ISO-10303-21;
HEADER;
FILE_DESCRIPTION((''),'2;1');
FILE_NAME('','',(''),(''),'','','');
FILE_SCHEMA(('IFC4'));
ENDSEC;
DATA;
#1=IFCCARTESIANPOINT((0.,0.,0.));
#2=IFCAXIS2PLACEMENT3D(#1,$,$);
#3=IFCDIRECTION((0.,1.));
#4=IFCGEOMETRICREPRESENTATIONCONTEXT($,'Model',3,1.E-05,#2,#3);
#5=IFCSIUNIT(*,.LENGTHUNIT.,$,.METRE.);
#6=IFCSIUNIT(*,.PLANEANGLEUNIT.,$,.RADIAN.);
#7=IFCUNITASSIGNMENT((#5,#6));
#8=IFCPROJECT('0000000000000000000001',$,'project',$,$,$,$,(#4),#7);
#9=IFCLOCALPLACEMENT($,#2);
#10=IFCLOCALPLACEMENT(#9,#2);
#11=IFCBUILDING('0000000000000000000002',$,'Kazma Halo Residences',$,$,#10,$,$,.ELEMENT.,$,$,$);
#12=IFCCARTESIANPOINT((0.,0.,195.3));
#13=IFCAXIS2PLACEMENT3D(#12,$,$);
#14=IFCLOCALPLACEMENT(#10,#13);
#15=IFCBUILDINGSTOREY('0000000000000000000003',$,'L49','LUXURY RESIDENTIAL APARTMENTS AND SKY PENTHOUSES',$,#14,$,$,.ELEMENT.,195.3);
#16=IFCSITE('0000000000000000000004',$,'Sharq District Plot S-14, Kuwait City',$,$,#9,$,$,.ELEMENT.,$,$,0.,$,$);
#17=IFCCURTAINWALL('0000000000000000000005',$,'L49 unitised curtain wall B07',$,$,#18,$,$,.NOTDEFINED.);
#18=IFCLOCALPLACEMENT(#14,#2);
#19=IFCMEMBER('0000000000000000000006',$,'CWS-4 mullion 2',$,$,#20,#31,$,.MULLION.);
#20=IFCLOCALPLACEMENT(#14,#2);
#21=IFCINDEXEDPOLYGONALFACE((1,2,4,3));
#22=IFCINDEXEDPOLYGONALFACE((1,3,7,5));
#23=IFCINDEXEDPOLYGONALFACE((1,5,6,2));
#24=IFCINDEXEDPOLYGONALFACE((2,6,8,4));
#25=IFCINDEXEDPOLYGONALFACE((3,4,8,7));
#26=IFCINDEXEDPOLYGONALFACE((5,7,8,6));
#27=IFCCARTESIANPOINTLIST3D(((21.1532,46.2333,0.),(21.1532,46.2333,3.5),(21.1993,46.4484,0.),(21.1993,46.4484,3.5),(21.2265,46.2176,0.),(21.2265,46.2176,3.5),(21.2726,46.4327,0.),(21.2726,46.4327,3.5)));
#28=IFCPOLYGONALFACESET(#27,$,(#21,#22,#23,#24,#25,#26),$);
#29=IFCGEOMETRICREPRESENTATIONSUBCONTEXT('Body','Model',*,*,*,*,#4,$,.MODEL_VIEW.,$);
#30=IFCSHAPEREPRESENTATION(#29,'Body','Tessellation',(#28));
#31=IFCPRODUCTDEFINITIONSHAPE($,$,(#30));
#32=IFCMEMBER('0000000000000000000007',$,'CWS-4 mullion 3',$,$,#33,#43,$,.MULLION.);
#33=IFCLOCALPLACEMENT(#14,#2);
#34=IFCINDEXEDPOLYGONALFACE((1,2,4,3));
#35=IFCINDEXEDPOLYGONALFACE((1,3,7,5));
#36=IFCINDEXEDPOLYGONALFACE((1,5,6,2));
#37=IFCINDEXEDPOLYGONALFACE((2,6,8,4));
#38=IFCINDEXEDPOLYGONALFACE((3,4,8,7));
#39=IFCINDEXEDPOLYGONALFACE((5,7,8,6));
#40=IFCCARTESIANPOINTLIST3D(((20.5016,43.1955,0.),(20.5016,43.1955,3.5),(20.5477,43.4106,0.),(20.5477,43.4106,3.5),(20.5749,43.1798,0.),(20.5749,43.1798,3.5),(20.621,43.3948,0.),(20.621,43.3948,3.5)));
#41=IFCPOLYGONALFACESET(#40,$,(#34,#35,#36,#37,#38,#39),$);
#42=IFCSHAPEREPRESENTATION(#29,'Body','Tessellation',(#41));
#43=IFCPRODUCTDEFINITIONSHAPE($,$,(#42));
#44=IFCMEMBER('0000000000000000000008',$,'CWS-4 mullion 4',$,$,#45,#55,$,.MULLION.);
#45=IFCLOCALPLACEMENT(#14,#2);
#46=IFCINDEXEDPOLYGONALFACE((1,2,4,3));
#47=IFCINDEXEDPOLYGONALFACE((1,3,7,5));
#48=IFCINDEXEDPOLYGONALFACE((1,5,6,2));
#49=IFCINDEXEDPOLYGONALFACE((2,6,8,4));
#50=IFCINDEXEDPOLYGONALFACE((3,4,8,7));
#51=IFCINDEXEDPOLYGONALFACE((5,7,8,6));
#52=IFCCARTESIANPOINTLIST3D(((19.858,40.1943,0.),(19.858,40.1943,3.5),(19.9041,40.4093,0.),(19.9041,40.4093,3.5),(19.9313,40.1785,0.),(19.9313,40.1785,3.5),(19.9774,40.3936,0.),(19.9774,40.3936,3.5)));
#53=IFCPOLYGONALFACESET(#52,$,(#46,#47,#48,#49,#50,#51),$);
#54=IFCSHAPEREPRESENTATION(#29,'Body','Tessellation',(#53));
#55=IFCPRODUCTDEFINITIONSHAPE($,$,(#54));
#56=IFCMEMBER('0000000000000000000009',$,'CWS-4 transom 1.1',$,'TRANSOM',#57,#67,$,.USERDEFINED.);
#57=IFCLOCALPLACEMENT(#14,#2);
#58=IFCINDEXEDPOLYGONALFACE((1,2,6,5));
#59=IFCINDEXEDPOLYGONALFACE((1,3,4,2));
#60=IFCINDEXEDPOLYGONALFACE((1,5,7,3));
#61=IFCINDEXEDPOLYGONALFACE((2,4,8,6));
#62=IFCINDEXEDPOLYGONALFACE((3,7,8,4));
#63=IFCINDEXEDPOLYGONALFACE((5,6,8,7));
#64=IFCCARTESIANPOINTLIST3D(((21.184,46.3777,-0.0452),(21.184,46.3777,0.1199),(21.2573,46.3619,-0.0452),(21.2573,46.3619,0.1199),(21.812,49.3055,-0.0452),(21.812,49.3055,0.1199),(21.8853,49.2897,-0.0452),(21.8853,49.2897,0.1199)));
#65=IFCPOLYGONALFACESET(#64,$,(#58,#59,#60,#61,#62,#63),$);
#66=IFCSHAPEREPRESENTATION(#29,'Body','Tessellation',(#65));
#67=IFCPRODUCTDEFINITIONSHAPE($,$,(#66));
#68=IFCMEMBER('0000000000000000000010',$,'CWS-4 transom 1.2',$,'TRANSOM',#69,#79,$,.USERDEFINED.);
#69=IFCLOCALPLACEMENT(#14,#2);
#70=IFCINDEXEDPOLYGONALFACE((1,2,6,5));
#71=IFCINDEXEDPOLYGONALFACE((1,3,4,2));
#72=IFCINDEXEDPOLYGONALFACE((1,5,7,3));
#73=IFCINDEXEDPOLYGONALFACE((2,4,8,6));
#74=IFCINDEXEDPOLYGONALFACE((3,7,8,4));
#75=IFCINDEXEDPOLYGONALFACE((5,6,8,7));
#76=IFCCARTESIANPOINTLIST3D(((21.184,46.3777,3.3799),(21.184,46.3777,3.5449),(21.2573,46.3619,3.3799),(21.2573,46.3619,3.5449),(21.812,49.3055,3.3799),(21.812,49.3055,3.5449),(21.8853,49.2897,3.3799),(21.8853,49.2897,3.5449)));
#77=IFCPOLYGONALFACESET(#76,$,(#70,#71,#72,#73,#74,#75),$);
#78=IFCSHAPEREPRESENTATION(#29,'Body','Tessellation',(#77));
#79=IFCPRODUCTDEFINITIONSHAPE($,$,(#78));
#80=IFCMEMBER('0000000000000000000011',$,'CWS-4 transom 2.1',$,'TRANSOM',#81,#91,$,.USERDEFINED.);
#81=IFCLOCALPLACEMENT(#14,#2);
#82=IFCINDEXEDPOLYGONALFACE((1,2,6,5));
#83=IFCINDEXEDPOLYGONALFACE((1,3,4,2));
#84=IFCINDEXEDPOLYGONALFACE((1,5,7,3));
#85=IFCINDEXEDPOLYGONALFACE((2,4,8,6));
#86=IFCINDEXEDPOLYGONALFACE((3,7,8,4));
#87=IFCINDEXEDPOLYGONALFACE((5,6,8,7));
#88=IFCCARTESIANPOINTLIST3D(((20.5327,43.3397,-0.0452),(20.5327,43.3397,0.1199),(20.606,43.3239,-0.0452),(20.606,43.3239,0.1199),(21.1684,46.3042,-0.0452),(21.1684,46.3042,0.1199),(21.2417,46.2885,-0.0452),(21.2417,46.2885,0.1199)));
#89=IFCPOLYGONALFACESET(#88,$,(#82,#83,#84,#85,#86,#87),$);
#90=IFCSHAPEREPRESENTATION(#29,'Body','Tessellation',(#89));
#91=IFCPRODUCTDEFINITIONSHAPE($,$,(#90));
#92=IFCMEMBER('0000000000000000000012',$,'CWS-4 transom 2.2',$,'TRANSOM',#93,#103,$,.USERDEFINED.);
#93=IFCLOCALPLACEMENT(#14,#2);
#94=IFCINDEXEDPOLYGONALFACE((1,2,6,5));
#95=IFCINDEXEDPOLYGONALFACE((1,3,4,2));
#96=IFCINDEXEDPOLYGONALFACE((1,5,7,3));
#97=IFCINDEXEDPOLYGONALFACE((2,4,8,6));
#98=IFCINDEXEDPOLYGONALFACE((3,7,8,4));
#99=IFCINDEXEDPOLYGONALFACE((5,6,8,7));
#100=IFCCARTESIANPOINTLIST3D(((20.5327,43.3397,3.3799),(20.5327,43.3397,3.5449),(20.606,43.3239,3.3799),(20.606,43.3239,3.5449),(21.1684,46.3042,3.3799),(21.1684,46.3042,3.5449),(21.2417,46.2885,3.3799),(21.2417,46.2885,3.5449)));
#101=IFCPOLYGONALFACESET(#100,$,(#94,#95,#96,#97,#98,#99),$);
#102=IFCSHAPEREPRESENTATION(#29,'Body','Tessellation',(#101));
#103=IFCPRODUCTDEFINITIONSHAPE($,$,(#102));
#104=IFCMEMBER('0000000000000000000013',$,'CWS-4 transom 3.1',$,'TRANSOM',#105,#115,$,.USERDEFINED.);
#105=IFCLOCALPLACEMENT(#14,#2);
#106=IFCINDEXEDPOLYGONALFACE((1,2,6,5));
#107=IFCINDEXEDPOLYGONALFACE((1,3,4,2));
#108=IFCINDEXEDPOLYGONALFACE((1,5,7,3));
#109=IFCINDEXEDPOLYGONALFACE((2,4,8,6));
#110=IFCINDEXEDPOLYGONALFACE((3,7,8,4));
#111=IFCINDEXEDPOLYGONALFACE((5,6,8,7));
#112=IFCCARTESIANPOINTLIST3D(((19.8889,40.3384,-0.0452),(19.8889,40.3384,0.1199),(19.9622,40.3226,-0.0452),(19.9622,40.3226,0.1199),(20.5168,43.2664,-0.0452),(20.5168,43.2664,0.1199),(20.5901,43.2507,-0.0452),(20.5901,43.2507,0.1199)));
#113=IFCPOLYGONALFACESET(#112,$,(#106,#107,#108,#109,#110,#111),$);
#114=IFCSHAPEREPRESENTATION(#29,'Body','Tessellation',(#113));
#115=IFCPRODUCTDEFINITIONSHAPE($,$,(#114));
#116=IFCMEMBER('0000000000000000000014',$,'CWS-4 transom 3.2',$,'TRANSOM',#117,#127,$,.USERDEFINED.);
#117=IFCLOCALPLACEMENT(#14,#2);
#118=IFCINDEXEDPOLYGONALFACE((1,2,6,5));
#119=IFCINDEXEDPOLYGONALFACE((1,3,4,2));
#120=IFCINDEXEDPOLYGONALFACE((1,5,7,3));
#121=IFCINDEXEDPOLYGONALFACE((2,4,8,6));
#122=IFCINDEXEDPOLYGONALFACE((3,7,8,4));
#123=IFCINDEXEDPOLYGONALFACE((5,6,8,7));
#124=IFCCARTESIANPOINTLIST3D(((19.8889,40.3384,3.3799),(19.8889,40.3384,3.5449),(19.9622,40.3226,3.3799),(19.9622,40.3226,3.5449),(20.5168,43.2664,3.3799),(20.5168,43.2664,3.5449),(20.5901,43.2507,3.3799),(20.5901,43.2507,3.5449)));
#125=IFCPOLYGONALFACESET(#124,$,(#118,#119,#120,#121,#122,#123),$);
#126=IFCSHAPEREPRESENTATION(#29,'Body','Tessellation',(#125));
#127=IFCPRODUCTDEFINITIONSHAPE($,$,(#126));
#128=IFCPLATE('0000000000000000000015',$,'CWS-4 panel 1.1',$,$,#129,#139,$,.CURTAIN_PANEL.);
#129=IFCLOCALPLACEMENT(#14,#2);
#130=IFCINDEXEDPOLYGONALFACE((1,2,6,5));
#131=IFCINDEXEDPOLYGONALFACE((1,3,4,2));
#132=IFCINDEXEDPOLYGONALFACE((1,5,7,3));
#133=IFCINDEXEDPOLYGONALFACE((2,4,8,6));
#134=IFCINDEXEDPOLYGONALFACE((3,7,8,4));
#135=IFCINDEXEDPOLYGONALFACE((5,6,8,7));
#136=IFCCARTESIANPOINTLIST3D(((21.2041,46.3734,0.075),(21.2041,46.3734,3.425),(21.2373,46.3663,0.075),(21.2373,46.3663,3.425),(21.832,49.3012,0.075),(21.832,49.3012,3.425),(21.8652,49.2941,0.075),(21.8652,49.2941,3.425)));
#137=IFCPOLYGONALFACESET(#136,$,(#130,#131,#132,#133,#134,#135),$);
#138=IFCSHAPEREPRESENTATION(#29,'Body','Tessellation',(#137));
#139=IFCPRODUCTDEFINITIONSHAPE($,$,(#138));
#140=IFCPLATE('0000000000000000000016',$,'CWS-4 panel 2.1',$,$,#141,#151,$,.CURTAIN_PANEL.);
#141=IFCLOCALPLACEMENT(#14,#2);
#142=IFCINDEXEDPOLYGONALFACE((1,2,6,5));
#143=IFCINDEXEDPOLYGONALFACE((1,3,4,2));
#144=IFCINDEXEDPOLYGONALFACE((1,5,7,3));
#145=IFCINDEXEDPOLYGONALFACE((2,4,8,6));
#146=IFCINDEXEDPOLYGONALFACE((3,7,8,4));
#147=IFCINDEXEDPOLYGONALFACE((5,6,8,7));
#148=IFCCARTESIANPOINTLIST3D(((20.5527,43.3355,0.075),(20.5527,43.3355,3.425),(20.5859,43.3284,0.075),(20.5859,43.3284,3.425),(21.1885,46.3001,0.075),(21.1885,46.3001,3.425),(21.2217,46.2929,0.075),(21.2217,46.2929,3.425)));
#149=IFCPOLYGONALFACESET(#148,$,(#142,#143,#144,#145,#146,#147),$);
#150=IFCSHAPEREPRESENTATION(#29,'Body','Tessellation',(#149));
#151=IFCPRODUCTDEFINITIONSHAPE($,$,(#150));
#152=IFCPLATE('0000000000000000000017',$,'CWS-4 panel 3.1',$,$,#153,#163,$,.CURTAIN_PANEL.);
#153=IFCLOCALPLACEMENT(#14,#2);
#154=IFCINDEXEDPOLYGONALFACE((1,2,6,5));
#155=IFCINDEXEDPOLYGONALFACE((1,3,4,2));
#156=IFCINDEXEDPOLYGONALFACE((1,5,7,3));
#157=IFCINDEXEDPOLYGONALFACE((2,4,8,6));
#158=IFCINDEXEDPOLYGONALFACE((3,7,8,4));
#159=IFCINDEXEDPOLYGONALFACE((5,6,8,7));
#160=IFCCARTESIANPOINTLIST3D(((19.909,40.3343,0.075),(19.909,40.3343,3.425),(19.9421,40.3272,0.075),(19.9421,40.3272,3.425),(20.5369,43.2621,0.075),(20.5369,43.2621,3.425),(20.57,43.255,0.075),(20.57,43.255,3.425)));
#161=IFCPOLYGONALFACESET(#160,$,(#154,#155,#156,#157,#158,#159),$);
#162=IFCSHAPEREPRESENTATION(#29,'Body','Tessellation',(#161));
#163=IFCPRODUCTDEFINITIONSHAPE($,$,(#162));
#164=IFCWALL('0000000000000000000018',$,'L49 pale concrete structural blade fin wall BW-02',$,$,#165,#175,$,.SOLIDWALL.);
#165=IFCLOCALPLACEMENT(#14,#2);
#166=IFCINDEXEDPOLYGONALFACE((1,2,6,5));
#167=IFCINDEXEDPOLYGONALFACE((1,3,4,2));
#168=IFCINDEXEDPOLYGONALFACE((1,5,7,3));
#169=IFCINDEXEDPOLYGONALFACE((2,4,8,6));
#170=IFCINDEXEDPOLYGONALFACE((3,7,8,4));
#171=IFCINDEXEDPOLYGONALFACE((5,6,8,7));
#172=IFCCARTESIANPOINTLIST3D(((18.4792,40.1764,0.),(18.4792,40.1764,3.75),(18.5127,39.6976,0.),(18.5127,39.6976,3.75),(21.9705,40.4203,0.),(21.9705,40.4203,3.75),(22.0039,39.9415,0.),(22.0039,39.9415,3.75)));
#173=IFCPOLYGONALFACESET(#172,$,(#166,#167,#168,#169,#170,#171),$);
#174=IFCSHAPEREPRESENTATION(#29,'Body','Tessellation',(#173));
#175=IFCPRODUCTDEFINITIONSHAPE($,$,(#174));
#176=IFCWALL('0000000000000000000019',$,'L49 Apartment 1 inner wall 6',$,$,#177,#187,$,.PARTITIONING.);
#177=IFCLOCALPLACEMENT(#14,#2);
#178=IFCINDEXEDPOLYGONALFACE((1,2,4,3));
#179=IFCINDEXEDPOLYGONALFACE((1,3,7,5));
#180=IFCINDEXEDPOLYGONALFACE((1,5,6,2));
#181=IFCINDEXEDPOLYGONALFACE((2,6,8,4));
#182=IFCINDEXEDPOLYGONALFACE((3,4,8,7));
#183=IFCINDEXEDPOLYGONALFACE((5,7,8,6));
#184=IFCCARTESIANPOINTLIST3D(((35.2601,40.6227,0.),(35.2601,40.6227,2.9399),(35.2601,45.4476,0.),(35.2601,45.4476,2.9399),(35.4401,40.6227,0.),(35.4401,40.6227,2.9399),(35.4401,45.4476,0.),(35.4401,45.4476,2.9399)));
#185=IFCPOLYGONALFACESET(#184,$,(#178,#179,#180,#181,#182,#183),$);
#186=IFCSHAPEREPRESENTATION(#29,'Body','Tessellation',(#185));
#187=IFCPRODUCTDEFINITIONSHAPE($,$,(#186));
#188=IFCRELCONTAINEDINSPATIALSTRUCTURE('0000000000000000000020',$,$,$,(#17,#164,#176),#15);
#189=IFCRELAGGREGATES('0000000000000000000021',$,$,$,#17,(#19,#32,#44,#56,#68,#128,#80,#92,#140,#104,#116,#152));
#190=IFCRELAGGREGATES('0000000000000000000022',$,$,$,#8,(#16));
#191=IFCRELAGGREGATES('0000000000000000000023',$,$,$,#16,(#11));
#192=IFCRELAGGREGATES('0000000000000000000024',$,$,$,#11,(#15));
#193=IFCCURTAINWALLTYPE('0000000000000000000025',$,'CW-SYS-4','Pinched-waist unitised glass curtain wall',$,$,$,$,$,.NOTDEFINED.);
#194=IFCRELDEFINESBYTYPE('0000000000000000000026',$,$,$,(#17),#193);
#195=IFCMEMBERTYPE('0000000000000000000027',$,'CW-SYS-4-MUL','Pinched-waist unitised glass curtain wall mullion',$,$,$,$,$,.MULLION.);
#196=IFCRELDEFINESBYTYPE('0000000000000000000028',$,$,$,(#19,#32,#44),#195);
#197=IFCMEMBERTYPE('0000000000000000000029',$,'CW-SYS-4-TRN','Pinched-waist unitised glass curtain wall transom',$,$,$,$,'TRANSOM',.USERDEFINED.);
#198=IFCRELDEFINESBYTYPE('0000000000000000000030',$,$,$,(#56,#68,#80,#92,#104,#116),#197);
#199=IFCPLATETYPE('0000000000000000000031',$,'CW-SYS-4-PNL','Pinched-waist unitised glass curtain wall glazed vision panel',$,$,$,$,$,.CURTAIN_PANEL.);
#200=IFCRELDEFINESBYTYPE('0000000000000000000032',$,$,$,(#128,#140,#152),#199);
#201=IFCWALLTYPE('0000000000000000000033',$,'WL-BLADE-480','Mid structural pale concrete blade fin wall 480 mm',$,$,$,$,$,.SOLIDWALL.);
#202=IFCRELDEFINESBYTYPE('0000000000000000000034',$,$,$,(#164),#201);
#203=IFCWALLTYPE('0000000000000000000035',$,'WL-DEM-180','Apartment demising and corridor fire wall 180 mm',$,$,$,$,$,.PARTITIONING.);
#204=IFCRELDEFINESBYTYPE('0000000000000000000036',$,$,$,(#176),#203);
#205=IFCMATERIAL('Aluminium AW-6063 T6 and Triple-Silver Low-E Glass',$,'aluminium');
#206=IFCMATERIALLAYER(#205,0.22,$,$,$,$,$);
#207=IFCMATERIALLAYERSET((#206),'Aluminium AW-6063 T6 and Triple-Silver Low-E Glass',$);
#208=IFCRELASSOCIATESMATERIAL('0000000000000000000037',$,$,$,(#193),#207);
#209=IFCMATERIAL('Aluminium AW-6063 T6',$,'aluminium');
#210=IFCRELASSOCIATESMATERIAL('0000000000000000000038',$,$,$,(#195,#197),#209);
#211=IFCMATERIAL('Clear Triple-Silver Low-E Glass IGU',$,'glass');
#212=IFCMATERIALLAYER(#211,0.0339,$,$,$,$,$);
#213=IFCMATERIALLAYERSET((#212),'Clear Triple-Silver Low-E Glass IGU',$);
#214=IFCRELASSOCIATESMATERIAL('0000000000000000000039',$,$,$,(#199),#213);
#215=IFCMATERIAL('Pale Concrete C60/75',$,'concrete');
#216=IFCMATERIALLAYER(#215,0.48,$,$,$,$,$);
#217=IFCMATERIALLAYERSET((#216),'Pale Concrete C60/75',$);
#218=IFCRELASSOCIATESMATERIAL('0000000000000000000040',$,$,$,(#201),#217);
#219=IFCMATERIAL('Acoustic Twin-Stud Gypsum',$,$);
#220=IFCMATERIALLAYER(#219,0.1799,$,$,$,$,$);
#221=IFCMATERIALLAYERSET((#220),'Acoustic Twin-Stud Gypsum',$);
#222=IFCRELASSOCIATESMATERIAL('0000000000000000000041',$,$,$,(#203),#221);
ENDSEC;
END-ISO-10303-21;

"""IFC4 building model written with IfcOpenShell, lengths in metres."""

from ifc_helpers import new_model, si_unit, direction, frame, frame_2d, origin, origin_2d, place, context, subcontext, project, spatial, rectangle, extrude, material, layer, layer_set, material_profile, profile_set, type_object, element, aggregate, save


model = new_model("IFC4")

# Units and contexts
model_context = context("Model", 3, precision=1e-05, world=origin(), true_north=direction((0.0, 1.0)))
body_context = subcontext(model_context, "Body", "Model", "MODEL_VIEW")
ifc_project = project(units=[si_unit("LENGTHUNIT", "METRE"), si_unit("PLANEANGLEUNIT", "RADIAN")], contexts=[model_context])

# Site, building, storey
site_placement = place(None, origin())
site = spatial("IfcSite", under=ifc_project, at=site_placement, Name="Sharq District Plot S-14, Kuwait City", CompositionType="ELEMENT", RefElevation=0.0)
building_placement = place(site_placement, origin())
building = spatial("IfcBuilding", under=site, at=building_placement, Name="Kazma Halo Residences", CompositionType="ELEMENT")
storey_placement = place(building_placement, frame((0.0, 0.0, 195.3)))
storey = spatial("IfcBuildingStorey", under=building, at=storey_placement, Name="L49", Description="LUXURY RESIDENTIAL APARTMENTS AND SKY PENTHOUSES", CompositionType="ELEMENT", Elevation=195.3)

# Curtain wall, members, plates
ifc_material_1 = material(Name="Aluminium AW-6063 T6 and Triple-Silver Low-E Glass", Category="aluminium")
ifc_layer_1 = layer(ifc_material_1, 0.22)
ifc_layer_set_1 = layer_set([ifc_layer_1], Name="Aluminium AW-6063 T6 and Triple-Silver Low-E Glass")
curtain_wall_type = type_object("IfcCurtainWallType", Name="CW-SYS-4", Description="Pinched-waist unitised glass curtain wall", PredefinedType="NOTDEFINED", material=ifc_layer_set_1)
curtain_wall_placement = place(storey_placement, origin())
curtain_wall = element("IfcCurtainWall", 1, at=curtain_wall_placement, inside=storey, type_object=curtain_wall_type, Name="L49 unitised curtain wall B07", PredefinedType="NOTDEFINED")
ifc_material_2 = material(Name="Aluminium AW-6063 T6", Category="aluminium")
ifc_material_profile_1 = material_profile(ifc_material_2, rectangle(XDim=0.075, YDim=0.22, at=origin_2d()), Name="CWM-75x220")
ifc_profile_set_1 = profile_set([ifc_material_profile_1], Name="Aluminium AW-6063 T6")
member_type_1 = type_object("IfcMemberType", Name="CW-SYS-4-MUL", Description="Pinched-waist unitised glass curtain wall mullion", PredefinedType="MULLION", material=ifc_profile_set_1)
member_1_placement = place(storey_placement, frame((21.2129, 46.333, 0.0), z_axis=(0.0, 0.0, 1.0), x_axis=(0.977768, -0.20969, 0.0)))
member_1 = element("IfcMember", 2, at=member_1_placement, type_object=member_type_1, Name="CWS-4 mullion 2", PredefinedType="MULLION", context=body_context, shape_type="SweptSolid", body=[
    extrude(rectangle(XDim=0.075, YDim=0.22, at=origin_2d()), origin(), (0.0, 0.0, 1.0), 3.5),
])
member_2_placement = place(storey_placement, frame((20.5613, 43.2952, 0.0), z_axis=(0.0, 0.0, 1.0), x_axis=(0.977768, -0.20969, 0.0)))
member_2 = element("IfcMember", 3, at=member_2_placement, type_object=member_type_1, Name="CWS-4 mullion 3", PredefinedType="MULLION", context=body_context, shape_type="SweptSolid", body=[
    extrude(rectangle(XDim=0.075, YDim=0.22, at=origin_2d()), origin(), (0.0, 0.0, 1.0), 3.5),
])
member_3_placement = place(storey_placement, frame((19.9177, 40.2939, 0.0), z_axis=(0.0, 0.0, 1.0), x_axis=(0.977768, -0.20969, 0.0)))
member_3 = element("IfcMember", 4, at=member_3_placement, type_object=member_type_1, Name="CWS-4 mullion 4", PredefinedType="MULLION", context=body_context, shape_type="SweptSolid", body=[
    extrude(rectangle(XDim=0.075, YDim=0.22, at=origin_2d()), origin(), (0.0, 0.0, 1.0), 3.5),
])
ifc_material_profile_2 = material_profile(ifc_material_2, rectangle(XDim=0.075, YDim=0.165, at=origin_2d()), Name="CWT-75x165")
ifc_profile_set_2 = profile_set([ifc_material_profile_2], Name="Aluminium AW-6063 T6")
member_type_2 = type_object("IfcMemberType", Name="CW-SYS-4-TRN", Description="Pinched-waist unitised glass curtain wall transom", ElementType="TRANSOM", PredefinedType="USERDEFINED", material=ifc_profile_set_2)
member_4_placement = place(storey_placement, frame((21.8486, 49.2976, 0.0374), z_axis=(-0.209707, -0.977764, 0.0), x_axis=(0.977764, -0.209707, 0.0)))
member_4 = element("IfcMember", 5, at=member_4_placement, type_object=member_type_2, Name="CWS-4 transom 1.1", ObjectType="TRANSOM", PredefinedType="USERDEFINED", context=body_context, shape_type="SweptSolid", body=[
    extrude(rectangle(XDim=0.075, YDim=0.165, at=origin_2d()), origin(), (0.0, 0.0, 1.0), 2.9944),
])
member_5_placement = place(storey_placement, frame((21.8486, 49.2976, 3.4624), z_axis=(-0.209707, -0.977764, 0.0), x_axis=(0.977764, -0.209707, 0.0)))
member_5 = element("IfcMember", 6, at=member_5_placement, type_object=member_type_2, Name="CWS-4 transom 1.2", ObjectType="TRANSOM", PredefinedType="USERDEFINED", context=body_context, shape_type="SweptSolid", body=[
    extrude(rectangle(XDim=0.075, YDim=0.165, at=origin_2d()), origin(), (0.0, 0.0, 1.0), 2.9944),
])
member_6_placement = place(storey_placement, frame((21.2051, 46.2964, 0.0374), z_axis=(-0.209678, -0.977771, 0.0), x_axis=(0.977771, -0.209678, 0.0)))
member_6 = element("IfcMember", 7, at=member_6_placement, type_object=member_type_2, Name="CWS-4 transom 2.1", ObjectType="TRANSOM", PredefinedType="USERDEFINED", context=body_context, shape_type="SweptSolid", body=[
    extrude(rectangle(XDim=0.075, YDim=0.165, at=origin_2d()), origin(), (0.0, 0.0, 1.0), 3.032),
])
member_7_placement = place(storey_placement, frame((21.2051, 46.2964, 3.4624), z_axis=(-0.209678, -0.977771, 0.0), x_axis=(0.977771, -0.209678, 0.0)))
member_7 = element("IfcMember", 8, at=member_7_placement, type_object=member_type_2, Name="CWS-4 transom 2.2", ObjectType="TRANSOM", PredefinedType="USERDEFINED", context=body_context, shape_type="SweptSolid", body=[
    extrude(rectangle(XDim=0.075, YDim=0.165, at=origin_2d()), origin(), (0.0, 0.0, 1.0), 3.032),
])
member_8_placement = place(storey_placement, frame((20.5535, 43.2585, 0.0374), z_axis=(-0.209691, -0.977768, 0.0), x_axis=(0.977768, -0.209691, 0.0)))
member_8 = element("IfcMember", 9, at=member_8_placement, type_object=member_type_2, Name="CWS-4 transom 3.1", ObjectType="TRANSOM", PredefinedType="USERDEFINED", context=body_context, shape_type="SweptSolid", body=[
    extrude(rectangle(XDim=0.075, YDim=0.165, at=origin_2d()), origin(), (0.0, 0.0, 1.0), 2.9946),
])
member_9_placement = place(storey_placement, frame((20.5535, 43.2585, 3.4624), z_axis=(-0.209691, -0.977768, 0.0), x_axis=(0.977768, -0.209691, 0.0)))
member_9 = element("IfcMember", 10, at=member_9_placement, type_object=member_type_2, Name="CWS-4 transom 3.2", ObjectType="TRANSOM", PredefinedType="USERDEFINED", context=body_context, shape_type="SweptSolid", body=[
    extrude(rectangle(XDim=0.075, YDim=0.165, at=origin_2d()), origin(), (0.0, 0.0, 1.0), 2.9946),
])
ifc_material_3 = material(Name="Clear Triple-Silver Low-E Glass IGU", Category="glass")
ifc_layer_2 = layer(ifc_material_3, 0.0339)
ifc_layer_set_2 = layer_set([ifc_layer_2], Name="Clear Triple-Silver Low-E Glass IGU")
plate_type = type_object("IfcPlateType", Name="CW-SYS-4-PNL", Description="Pinched-waist unitised glass curtain wall glazed vision panel", PredefinedType="CURTAIN_PANEL", material=ifc_layer_set_2)
plate_1_placement = place(storey_placement, frame((21.5347, 47.8337, 0.075), z_axis=(0.0, 0.0, 1.0), x_axis=(-0.20969, -0.977768, 0.0)))
plate_1 = element("IfcPlate", 11, at=plate_1_placement, type_object=plate_type, Name="CWS-4 panel 1.1", PredefinedType="CURTAIN_PANEL", context=body_context, shape_type="SweptSolid", body=[
    extrude(rectangle(XDim=2.9944, YDim=0.0339, at=origin_2d()), origin(), (0.0, 0.0, 1.0), 3.3501),
])
plate_2_placement = place(storey_placement, frame((20.8872, 44.8142, 0.075), z_axis=(0.0, 0.0, 1.0), x_axis=(-0.20969, -0.977768, 0.0)))
plate_2 = element("IfcPlate", 12, at=plate_2_placement, type_object=plate_type, Name="CWS-4 panel 2.1", PredefinedType="CURTAIN_PANEL", context=body_context, shape_type="SweptSolid", body=[
    extrude(rectangle(XDim=3.032, YDim=0.0339, at=origin_2d()), origin(), (0.0, 0.0, 1.0), 3.3501),
])
plate_3_placement = place(storey_placement, frame((20.2395, 41.7947, 0.075), z_axis=(0.0, 0.0, 1.0), x_axis=(-0.20969, -0.977768, 0.0)))
plate_3 = element("IfcPlate", 13, at=plate_3_placement, type_object=plate_type, Name="CWS-4 panel 3.1", PredefinedType="CURTAIN_PANEL", context=body_context, shape_type="SweptSolid", body=[
    extrude(rectangle(XDim=2.9944, YDim=0.0339, at=origin_2d()), origin(), (0.0, 0.0, 1.0), 3.3501),
])
aggregate(curtain_wall, [member_1, member_2, member_3, member_4, member_5, plate_1, member_6, member_7, plate_2, member_8, member_9, plate_3])

# Walls
ifc_material_4 = material(Name="Pale Concrete C60/75", Category="concrete")
ifc_layer_3 = layer(ifc_material_4, 0.48)
ifc_layer_set_3 = layer_set([ifc_layer_3], Name="Pale Concrete C60/75")
wall_type_1 = type_object("IfcWallType", Name="WL-BLADE-480", Description="Mid structural pale concrete blade fin wall 480 mm", PredefinedType="SOLIDWALL", material=ifc_layer_set_3)
wall_1_placement = place(storey_placement, frame((21.9873, 40.1809, 0.0), z_axis=(0.0, 0.0, 1.0), x_axis=(-0.997569, -0.06969, 0.0)))
element("IfcWall", 14, at=wall_1_placement, inside=storey, type_object=wall_type_1, Name="L49 pale concrete structural blade fin wall BW-02", PredefinedType="SOLIDWALL", context=body_context, shape_type="SweptSolid", body=[
    extrude(rectangle(XDim=3.4998, YDim=0.48, at=frame_2d((1.75, 0.0))), origin(), (0.0, 0.0, 1.0), 3.75),
])
ifc_material_5 = material(Name="Acoustic Twin-Stud Gypsum")
ifc_layer_4 = layer(ifc_material_5, 0.1799)
ifc_layer_set_4 = layer_set([ifc_layer_4], Name="Acoustic Twin-Stud Gypsum")
wall_type_2 = type_object("IfcWallType", Name="WL-DEM-180", Description="Apartment demising and corridor fire wall 180 mm", PredefinedType="PARTITIONING", material=ifc_layer_set_4)
wall_2_placement = place(storey_placement, frame((35.3501, 45.4478, 0.0), z_axis=(0.0, 0.0, 1.0), x_axis=(0.0, -1.0, 0.0)))
element("IfcWall", 15, at=wall_2_placement, inside=storey, type_object=wall_type_2, Name="L49 Apartment 1 inner wall 6", PredefinedType="PARTITIONING", context=body_context, shape_type="SweptSolid", body=[
    extrude(rectangle(XDim=4.825, YDim=0.1799, at=frame_2d((2.4126, 0.0))), origin(), (0.0, 0.0, 1.0), 2.9399),
])

save(model, "model.ifc")
